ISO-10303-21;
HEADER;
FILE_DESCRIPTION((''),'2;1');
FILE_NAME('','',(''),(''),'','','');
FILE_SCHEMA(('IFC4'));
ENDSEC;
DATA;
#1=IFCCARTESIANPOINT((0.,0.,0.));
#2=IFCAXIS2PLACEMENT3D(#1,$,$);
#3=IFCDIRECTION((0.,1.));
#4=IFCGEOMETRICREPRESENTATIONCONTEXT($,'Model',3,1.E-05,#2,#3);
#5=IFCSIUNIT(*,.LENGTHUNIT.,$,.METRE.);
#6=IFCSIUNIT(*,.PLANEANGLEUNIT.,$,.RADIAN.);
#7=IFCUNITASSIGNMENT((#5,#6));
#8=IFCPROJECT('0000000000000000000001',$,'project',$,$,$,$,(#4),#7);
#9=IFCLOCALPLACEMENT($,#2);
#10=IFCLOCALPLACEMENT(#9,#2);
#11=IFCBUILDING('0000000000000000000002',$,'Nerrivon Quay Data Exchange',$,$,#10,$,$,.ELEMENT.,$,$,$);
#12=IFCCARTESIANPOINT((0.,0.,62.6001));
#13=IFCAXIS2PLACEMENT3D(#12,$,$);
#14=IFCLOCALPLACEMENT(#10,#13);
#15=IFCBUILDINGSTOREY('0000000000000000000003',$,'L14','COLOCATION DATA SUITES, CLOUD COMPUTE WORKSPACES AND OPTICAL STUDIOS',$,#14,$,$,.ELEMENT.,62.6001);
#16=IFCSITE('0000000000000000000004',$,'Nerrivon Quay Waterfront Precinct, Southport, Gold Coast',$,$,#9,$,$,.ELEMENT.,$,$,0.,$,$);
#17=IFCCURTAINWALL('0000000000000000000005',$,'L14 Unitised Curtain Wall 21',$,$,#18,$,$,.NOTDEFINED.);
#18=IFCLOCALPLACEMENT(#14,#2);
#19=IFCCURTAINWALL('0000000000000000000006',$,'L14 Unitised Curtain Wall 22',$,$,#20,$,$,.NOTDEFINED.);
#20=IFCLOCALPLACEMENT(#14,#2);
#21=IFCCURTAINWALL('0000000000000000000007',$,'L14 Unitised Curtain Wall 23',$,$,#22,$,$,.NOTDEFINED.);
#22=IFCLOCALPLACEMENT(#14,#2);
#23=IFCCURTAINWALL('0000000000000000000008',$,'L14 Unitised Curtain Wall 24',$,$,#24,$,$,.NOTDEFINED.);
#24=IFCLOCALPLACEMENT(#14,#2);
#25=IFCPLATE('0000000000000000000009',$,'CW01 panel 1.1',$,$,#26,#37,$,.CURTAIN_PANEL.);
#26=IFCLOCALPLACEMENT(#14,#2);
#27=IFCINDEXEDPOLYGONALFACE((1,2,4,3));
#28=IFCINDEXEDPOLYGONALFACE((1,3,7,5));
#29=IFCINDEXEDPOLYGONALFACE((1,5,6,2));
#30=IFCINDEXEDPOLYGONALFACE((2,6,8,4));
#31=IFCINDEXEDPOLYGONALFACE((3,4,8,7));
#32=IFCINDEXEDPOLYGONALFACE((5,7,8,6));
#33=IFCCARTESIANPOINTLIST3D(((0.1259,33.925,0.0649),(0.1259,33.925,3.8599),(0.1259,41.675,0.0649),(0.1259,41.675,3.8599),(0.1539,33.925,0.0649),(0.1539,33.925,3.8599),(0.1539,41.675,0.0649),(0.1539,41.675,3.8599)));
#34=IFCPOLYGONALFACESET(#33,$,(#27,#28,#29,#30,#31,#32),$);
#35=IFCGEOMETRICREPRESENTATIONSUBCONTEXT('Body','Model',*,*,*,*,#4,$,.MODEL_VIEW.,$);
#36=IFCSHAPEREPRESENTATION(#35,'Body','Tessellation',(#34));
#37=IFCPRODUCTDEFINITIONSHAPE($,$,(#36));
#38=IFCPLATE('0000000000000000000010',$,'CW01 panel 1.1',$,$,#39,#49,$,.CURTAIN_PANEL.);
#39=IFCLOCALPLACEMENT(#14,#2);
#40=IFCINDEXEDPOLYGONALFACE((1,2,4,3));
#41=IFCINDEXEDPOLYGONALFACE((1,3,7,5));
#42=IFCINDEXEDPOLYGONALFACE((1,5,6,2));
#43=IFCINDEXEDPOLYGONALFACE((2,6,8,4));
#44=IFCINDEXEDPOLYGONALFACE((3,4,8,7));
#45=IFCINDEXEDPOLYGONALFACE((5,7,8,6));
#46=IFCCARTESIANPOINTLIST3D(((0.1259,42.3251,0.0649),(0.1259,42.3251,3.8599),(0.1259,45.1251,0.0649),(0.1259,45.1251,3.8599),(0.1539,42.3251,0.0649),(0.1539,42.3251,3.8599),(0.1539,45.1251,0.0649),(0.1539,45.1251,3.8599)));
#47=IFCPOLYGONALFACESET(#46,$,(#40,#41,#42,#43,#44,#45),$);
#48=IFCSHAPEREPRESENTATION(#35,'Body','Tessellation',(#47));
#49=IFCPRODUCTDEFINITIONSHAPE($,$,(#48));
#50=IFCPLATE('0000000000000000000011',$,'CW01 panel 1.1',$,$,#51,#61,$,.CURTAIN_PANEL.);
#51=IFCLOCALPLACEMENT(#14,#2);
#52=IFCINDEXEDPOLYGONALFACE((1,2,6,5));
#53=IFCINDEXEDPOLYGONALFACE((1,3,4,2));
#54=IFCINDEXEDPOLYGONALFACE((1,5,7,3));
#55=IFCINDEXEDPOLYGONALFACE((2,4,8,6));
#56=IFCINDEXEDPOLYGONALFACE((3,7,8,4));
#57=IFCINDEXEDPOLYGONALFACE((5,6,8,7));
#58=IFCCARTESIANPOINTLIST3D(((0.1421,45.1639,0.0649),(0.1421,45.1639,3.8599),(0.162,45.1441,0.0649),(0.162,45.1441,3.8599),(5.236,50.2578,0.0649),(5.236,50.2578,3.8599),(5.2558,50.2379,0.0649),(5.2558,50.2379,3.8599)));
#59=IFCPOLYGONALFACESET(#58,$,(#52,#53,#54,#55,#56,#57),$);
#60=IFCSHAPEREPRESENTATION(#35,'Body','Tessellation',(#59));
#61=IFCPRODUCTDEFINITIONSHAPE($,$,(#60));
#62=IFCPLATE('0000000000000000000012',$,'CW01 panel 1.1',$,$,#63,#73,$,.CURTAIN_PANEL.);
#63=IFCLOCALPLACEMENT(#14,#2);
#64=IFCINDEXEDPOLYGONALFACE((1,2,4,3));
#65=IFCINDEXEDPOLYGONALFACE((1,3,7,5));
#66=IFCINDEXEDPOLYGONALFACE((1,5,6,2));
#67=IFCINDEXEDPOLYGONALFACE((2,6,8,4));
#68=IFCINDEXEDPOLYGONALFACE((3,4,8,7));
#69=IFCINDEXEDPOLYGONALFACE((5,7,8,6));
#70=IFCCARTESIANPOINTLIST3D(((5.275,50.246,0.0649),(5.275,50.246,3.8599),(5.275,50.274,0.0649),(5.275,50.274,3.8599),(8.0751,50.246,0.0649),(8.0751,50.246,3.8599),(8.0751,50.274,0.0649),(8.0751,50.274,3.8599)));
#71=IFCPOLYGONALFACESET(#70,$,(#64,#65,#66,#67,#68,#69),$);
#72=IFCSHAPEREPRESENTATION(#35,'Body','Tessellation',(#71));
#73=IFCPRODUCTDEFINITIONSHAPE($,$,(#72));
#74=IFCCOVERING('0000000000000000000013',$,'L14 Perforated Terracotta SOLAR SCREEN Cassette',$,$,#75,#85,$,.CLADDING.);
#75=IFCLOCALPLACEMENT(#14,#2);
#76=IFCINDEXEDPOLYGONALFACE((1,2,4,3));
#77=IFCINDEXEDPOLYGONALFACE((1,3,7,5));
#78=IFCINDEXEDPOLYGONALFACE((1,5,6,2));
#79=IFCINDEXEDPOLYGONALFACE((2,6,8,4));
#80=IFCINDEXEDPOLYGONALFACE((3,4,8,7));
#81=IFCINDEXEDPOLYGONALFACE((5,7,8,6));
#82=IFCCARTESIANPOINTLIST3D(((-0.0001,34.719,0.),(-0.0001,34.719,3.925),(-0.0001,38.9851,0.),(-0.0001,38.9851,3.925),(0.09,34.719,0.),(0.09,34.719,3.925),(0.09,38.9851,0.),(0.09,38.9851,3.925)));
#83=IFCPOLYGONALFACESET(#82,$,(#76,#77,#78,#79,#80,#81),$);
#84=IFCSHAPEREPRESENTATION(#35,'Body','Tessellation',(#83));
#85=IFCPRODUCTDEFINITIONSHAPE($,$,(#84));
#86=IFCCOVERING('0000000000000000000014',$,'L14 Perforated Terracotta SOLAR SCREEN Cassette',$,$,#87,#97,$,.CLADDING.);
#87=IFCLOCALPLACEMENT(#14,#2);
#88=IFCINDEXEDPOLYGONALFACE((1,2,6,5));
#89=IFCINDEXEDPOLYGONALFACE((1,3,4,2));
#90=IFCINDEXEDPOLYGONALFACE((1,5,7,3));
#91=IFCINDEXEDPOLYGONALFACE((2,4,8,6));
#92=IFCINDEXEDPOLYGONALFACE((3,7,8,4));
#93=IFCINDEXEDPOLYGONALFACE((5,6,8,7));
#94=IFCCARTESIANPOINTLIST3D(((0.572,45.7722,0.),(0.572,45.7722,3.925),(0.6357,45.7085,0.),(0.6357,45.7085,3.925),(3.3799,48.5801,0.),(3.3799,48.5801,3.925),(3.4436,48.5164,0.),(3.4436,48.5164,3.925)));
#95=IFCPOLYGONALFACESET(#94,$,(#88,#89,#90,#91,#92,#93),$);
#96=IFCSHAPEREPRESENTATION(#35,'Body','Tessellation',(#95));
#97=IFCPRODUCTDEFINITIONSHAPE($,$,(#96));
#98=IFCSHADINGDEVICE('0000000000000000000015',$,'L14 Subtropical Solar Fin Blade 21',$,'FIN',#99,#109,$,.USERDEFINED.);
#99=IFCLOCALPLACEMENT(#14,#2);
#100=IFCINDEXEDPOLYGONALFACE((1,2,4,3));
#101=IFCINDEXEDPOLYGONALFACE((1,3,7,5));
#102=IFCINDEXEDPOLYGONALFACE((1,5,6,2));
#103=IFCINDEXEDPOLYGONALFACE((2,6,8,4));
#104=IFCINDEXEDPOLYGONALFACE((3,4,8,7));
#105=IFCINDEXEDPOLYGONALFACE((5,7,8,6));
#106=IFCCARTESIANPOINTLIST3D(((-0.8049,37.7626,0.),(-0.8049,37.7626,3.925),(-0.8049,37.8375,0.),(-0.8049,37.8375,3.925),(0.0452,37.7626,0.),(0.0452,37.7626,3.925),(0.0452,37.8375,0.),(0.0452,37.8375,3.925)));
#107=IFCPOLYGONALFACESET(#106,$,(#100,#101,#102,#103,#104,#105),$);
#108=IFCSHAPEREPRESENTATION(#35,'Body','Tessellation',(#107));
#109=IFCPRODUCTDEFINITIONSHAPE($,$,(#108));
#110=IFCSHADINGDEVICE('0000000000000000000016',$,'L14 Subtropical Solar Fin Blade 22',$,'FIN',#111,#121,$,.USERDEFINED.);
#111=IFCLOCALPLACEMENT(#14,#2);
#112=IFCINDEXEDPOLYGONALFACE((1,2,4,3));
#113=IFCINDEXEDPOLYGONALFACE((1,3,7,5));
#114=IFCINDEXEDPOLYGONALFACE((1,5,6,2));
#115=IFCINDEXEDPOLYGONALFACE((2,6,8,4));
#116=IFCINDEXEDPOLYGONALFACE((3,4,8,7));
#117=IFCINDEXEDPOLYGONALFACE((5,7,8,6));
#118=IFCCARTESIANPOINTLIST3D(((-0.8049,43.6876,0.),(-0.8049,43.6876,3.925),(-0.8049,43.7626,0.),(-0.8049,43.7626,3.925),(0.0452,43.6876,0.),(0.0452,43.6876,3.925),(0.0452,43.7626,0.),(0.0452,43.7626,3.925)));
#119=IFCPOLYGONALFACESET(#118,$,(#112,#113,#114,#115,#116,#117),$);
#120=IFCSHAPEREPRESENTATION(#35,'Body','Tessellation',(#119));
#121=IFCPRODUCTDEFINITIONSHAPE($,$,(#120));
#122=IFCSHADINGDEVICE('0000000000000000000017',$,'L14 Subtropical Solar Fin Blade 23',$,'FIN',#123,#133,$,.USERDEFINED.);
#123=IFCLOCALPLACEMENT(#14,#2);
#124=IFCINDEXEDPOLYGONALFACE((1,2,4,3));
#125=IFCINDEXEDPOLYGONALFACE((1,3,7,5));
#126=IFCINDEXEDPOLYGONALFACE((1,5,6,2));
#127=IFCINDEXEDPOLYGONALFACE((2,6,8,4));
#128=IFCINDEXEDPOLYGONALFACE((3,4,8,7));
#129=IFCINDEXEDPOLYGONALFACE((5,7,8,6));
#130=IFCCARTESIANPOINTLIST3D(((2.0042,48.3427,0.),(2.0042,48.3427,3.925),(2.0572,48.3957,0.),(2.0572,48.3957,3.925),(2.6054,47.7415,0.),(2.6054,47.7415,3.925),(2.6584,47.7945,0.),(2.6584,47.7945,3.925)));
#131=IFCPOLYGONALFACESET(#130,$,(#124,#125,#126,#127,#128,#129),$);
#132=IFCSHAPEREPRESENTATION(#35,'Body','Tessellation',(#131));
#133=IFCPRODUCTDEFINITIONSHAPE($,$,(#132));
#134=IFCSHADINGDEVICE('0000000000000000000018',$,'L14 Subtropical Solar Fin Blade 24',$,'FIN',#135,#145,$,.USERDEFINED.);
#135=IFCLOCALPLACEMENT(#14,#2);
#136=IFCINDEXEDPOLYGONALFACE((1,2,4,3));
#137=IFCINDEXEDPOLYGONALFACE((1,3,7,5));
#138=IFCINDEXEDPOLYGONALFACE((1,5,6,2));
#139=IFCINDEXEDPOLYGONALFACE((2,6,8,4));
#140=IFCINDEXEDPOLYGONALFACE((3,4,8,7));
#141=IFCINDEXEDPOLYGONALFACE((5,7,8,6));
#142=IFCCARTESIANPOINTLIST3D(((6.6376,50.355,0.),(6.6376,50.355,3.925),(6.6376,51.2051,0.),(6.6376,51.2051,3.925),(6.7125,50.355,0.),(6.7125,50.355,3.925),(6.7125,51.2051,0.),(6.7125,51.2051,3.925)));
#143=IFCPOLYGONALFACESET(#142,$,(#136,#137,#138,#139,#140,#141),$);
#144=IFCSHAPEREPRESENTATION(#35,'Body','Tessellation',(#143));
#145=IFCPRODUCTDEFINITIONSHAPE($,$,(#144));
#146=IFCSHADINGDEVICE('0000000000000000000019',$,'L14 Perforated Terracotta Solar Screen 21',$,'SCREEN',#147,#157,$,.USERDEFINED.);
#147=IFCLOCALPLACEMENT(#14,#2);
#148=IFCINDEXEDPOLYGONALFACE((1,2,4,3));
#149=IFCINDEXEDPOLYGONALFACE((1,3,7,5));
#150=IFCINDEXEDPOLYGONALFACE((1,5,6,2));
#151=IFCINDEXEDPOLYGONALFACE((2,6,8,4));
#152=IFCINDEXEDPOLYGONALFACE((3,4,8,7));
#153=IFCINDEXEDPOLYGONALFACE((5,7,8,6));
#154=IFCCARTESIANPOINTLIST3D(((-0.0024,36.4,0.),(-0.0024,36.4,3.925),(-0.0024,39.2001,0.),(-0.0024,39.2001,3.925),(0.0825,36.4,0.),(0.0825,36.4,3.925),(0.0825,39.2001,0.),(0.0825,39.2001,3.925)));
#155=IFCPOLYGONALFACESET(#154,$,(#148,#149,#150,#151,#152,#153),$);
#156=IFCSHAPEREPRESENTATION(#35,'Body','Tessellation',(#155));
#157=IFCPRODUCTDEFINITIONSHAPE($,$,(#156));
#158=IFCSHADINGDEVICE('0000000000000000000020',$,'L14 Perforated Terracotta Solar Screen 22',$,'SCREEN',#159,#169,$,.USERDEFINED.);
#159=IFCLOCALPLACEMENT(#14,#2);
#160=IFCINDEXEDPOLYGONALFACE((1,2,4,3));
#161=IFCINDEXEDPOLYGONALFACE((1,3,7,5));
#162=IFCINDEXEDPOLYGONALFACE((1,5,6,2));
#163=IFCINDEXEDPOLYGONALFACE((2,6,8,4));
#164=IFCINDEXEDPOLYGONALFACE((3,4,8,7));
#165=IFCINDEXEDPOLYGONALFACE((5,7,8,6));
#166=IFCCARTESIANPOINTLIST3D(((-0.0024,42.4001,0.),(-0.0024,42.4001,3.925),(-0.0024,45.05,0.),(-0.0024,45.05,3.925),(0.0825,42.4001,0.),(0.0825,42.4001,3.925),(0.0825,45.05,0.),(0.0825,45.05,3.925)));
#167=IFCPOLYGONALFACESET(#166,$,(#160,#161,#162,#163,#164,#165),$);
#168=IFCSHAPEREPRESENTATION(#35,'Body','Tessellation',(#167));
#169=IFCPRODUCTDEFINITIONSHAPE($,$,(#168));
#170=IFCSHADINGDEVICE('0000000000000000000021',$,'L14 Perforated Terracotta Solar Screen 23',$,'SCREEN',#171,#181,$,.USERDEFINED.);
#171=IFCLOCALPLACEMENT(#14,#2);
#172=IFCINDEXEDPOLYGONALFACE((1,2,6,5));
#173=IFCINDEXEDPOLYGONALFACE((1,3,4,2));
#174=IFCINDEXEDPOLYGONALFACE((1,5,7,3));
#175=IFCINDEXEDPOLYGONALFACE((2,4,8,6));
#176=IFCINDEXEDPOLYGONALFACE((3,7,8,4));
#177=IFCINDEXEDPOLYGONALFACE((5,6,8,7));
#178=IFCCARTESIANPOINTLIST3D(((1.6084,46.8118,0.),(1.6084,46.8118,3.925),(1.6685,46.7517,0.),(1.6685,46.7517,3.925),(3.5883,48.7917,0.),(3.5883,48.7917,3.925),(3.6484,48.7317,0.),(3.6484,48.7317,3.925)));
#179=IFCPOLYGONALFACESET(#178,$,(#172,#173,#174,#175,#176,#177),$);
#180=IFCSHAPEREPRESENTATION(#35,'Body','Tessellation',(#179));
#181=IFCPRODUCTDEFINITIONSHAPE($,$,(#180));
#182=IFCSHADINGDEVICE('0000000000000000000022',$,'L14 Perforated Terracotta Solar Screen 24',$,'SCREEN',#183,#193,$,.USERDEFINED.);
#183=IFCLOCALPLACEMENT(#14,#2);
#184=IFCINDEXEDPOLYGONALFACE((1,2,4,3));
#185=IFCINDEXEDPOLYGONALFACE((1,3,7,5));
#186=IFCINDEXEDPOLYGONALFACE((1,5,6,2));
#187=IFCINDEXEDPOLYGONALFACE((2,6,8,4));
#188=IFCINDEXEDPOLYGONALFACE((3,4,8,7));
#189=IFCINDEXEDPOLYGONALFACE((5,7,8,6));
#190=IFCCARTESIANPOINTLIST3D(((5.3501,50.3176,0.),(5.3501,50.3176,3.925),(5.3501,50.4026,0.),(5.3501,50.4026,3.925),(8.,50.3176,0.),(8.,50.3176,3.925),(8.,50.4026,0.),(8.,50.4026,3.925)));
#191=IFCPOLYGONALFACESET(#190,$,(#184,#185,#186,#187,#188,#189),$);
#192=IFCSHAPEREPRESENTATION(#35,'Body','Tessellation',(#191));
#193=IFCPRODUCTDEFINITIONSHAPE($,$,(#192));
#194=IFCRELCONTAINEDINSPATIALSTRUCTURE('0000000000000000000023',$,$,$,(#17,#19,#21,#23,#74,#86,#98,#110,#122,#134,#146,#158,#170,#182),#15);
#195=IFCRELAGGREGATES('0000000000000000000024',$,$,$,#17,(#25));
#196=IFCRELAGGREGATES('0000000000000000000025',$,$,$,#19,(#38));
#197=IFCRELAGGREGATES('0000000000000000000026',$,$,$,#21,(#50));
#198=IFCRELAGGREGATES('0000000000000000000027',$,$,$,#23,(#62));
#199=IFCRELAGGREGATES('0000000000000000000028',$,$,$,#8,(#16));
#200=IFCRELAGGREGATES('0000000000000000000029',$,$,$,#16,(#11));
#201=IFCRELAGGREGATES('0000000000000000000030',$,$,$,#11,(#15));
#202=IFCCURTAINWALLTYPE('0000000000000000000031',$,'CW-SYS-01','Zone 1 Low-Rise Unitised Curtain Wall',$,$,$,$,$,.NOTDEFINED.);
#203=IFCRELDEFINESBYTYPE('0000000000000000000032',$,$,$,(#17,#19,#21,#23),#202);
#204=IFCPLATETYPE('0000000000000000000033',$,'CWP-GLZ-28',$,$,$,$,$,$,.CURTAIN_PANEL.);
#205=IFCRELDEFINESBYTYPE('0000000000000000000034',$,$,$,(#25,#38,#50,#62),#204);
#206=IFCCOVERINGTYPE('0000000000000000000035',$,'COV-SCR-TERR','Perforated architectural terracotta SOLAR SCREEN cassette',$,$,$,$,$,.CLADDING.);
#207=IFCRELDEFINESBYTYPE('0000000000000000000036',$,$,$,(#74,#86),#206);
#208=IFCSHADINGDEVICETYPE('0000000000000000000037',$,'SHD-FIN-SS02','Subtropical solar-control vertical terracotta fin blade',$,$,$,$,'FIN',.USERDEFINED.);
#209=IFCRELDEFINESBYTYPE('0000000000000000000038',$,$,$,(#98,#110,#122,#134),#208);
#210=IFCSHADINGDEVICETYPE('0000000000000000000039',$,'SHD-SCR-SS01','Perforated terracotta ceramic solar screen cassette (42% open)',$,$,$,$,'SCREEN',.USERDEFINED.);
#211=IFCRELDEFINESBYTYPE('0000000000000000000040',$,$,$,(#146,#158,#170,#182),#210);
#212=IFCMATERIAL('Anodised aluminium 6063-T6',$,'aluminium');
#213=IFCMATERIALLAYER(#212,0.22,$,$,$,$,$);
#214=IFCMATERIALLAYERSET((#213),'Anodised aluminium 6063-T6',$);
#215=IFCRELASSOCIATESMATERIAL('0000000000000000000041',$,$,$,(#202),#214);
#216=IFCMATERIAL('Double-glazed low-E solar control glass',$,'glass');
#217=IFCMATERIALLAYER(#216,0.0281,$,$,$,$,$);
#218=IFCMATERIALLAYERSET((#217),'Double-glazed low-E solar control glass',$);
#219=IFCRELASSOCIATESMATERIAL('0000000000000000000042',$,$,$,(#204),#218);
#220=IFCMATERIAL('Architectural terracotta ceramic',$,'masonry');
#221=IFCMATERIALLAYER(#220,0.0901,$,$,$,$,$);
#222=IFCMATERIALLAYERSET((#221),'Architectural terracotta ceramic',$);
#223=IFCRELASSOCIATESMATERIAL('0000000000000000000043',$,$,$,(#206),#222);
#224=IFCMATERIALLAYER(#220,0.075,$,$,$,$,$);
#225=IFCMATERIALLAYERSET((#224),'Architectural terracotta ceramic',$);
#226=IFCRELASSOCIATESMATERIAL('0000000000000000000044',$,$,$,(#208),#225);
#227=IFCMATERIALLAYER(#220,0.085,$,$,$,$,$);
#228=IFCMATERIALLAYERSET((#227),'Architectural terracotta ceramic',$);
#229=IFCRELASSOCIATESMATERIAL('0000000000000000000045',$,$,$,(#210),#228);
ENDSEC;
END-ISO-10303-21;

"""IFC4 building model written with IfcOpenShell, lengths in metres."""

from ifc_helpers import new_model, si_unit, direction, frame, origin, origin_2d, place, context, subcontext, project, spatial, rectangle, extrude, material, layer, layer_set, type_object, element, aggregate, save


model = new_model("IFC4")

# Units and contexts
model_context = context("Model", 3, precision=1e-05, world=origin(), true_north=direction((0.0, 1.0)))
body_context = subcontext(model_context, "Body", "Model", "MODEL_VIEW")
ifc_project = project(units=[si_unit("LENGTHUNIT", "METRE"), si_unit("PLANEANGLEUNIT", "RADIAN")], contexts=[model_context])

# Site, building, storey
site_placement = place(None, origin())
site = spatial("IfcSite", under=ifc_project, at=site_placement, Name="Nerrivon Quay Waterfront Precinct, Southport, Gold Coast", CompositionType="ELEMENT", RefElevation=0.0)
building_placement = place(site_placement, origin())
building = spatial("IfcBuilding", under=site, at=building_placement, Name="Nerrivon Quay Data Exchange", CompositionType="ELEMENT")
storey_placement = place(building_placement, frame((0.0, 0.0, 62.6001)))
storey = spatial("IfcBuildingStorey", under=building, at=storey_placement, Name="L14", Description="COLOCATION DATA SUITES, CLOUD COMPUTE WORKSPACES AND OPTICAL STUDIOS", CompositionType="ELEMENT", Elevation=62.6001)

# Curtain wall
ifc_material_1 = material(Name="Anodised aluminium 6063-T6", Category="aluminium")
ifc_layer_1 = layer(ifc_material_1, 0.22)
ifc_layer_set_1 = layer_set([ifc_layer_1], Name="Anodised aluminium 6063-T6")
curtain_wall_type = type_object("IfcCurtainWallType", Name="CW-SYS-01", Description="Zone 1 Low-Rise Unitised Curtain Wall", PredefinedType="NOTDEFINED", material=ifc_layer_set_1)
curtain_wall_1_placement = place(storey_placement, origin())
curtain_wall_1 = element("IfcCurtainWall", 1, at=curtain_wall_1_placement, inside=storey, type_object=curtain_wall_type, Name="L14 Unitised Curtain Wall 21", PredefinedType="NOTDEFINED")

# Curtain walls
curtain_wall_2_placement = place(storey_placement, origin())
curtain_wall_2 = element("IfcCurtainWall", 2, at=curtain_wall_2_placement, inside=storey, type_object=curtain_wall_type, Name="L14 Unitised Curtain Wall 22", PredefinedType="NOTDEFINED")
curtain_wall_3_placement = place(storey_placement, origin())
curtain_wall_3 = element("IfcCurtainWall", 3, at=curtain_wall_3_placement, inside=storey, type_object=curtain_wall_type, Name="L14 Unitised Curtain Wall 23", PredefinedType="NOTDEFINED")
curtain_wall_4_placement = place(storey_placement, origin())
curtain_wall_4 = element("IfcCurtainWall", 4, at=curtain_wall_4_placement, inside=storey, type_object=curtain_wall_type, Name="L14 Unitised Curtain Wall 24", PredefinedType="NOTDEFINED")

# Plates
ifc_material_2 = material(Name="Double-glazed low-E solar control glass", Category="glass")
ifc_layer_2 = layer(ifc_material_2, 0.0281)
ifc_layer_set_2 = layer_set([ifc_layer_2], Name="Double-glazed low-E solar control glass")
plate_type = type_object("IfcPlateType", Name="CWP-GLZ-28", PredefinedType="CURTAIN_PANEL", material=ifc_layer_set_2)
plate_1_placement = place(storey_placement, frame((0.1399, 37.8, 0.0649), z_axis=(0.0, 0.0, 1.0), x_axis=(0.0, 1.0, 0.0)))
plate_1 = element("IfcPlate", 5, at=plate_1_placement, type_object=plate_type, Name="CW01 panel 1.1", PredefinedType="CURTAIN_PANEL", context=body_context, shape_type="SweptSolid", body=[
    extrude(rectangle(XDim=7.75, YDim=0.0281, at=origin_2d()), origin(), (0.0, 0.0, 1.0), 3.7949),
])
aggregate(curtain_wall_1, [plate_1])
plate_2_placement = place(storey_placement, frame((0.1399, 43.7251, 0.0649), z_axis=(0.0, 0.0, 1.0), x_axis=(0.0, 1.0, 0.0)))
plate_2 = element("IfcPlate", 6, at=plate_2_placement, type_object=plate_type, Name="CW01 panel 1.1", PredefinedType="CURTAIN_PANEL", context=body_context, shape_type="SweptSolid", body=[
    extrude(rectangle(XDim=2.8, YDim=0.0281, at=origin_2d()), origin(), (0.0, 0.0, 1.0), 3.7949),
])
aggregate(curtain_wall_2, [plate_2])
plate_3_placement = place(storey_placement, frame((2.699, 47.7009, 0.0649), z_axis=(0.0, 0.0, 1.0), x_axis=(0.707107, 0.707107, 0.0)))
plate_3 = element("IfcPlate", 7, at=plate_3_placement, type_object=plate_type, Name="CW01 panel 1.1", PredefinedType="CURTAIN_PANEL", context=body_context, shape_type="SweptSolid", body=[
    extrude(rectangle(XDim=7.2039, YDim=0.0281, at=origin_2d()), origin(), (0.0, 0.0, 1.0), 3.7949),
])
aggregate(curtain_wall_3, [plate_3])
plate_4_placement = place(storey_placement, frame((6.675, 50.26, 0.0649), z_axis=(0.0, 0.0, 1.0), x_axis=(1.0, 0.0, 0.0)))
plate_4 = element("IfcPlate", 8, at=plate_4_placement, type_object=plate_type, Name="CW01 panel 1.1", PredefinedType="CURTAIN_PANEL", context=body_context, shape_type="SweptSolid", body=[
    extrude(rectangle(XDim=2.8, YDim=0.0281, at=origin_2d()), origin(), (0.0, 0.0, 1.0), 3.7949),
])
aggregate(curtain_wall_4, [plate_4])

# Coverings
ifc_material_3 = material(Name="Architectural terracotta ceramic", Category="masonry")
ifc_layer_3 = layer(ifc_material_3, 0.0901)
ifc_layer_set_3 = layer_set([ifc_layer_3], Name="Architectural terracotta ceramic")
covering_type = type_object("IfcCoveringType", Name="COV-SCR-TERR", Description="Perforated architectural terracotta SOLAR SCREEN cassette", PredefinedType="CLADDING", material=ifc_layer_set_3)
covering_1_placement = place(storey_placement, frame((0.0449, 36.8521, 0.0), z_axis=(0.0, 0.0, 1.0), x_axis=(0.0, 1.0, 0.0)))
element("IfcCovering", 9, at=covering_1_placement, inside=storey, type_object=covering_type, Name="L14 Perforated Terracotta SOLAR SCREEN Cassette", PredefinedType="CLADDING", context=body_context, shape_type="SweptSolid", body=[
    extrude(rectangle(XDim=4.2661, YDim=0.0901, at=origin_2d()), origin(), (0.0, 0.0, 1.0), 3.925),
])
covering_2_placement = place(storey_placement, frame((2.0078, 47.1443, 0.0), z_axis=(0.0, 0.0, 1.0), x_axis=(0.707107, 0.707107, 0.0)))
element("IfcCovering", 10, at=covering_2_placement, inside=storey, type_object=covering_type, Name="L14 Perforated Terracotta SOLAR SCREEN Cassette", PredefinedType="CLADDING", context=body_context, shape_type="SweptSolid", body=[
    extrude(rectangle(XDim=3.9709, YDim=0.0901, at=origin_2d()), origin(), (0.0, 0.0, 1.0), 3.925),
])

# Shading devices
ifc_layer_4 = layer(ifc_material_3, 0.075)
ifc_layer_set_4 = layer_set([ifc_layer_4], Name="Architectural terracotta ceramic")
shading_device_type_1 = type_object("IfcShadingDeviceType", Name="SHD-FIN-SS02", Description="Subtropical solar-control vertical terracotta fin blade", ElementType="FIN", PredefinedType="USERDEFINED", material=ifc_layer_set_4)
for number, where, z_axis, x_axis, name in (
    (11, (-0.3799, 37.8, 0.0), (0.0, 0.0, 1.0), (0.0, 1.0, 0.0), "L14 Subtropical Solar Fin Blade 21"),
    (12, (-0.3799, 43.7251, 0.0), (0.0, 0.0, 1.0), (0.0, 1.0, 0.0), "L14 Subtropical Solar Fin Blade 22"),
    (13, (2.3313, 48.0686, 0.0), (0.0, 0.0, 1.0), (0.707107, 0.707107, 0.0), "L14 Subtropical Solar Fin Blade 23"),
    (14, (6.675, 50.78, 0.0), (0.0, 0.0, 1.0), (1.0, 0.0, 0.0), "L14 Subtropical Solar Fin Blade 24"),
):
    element("IfcShadingDevice", number, at=place(storey_placement, frame(where, z_axis=z_axis, x_axis=x_axis)), inside=storey, type_object=shading_device_type_1, Name=name, ObjectType="FIN", PredefinedType="USERDEFINED", context=body_context, shape_type="SweptSolid", body=[
        extrude(rectangle(XDim=0.075, YDim=0.8501, at=origin_2d()), origin(), (0.0, 0.0, 1.0), 3.925),
    ])
ifc_layer_5 = layer(ifc_material_3, 0.085)
ifc_layer_set_5 = layer_set([ifc_layer_5], Name="Architectural terracotta ceramic")
shading_device_type_2 = type_object("IfcShadingDeviceType", Name="SHD-SCR-SS01", Description="Perforated terracotta ceramic solar screen cassette (42% open)", ElementType="SCREEN", PredefinedType="USERDEFINED", material=ifc_layer_set_5)
shading_device_1_placement = place(storey_placement, frame((0.04, 37.8, 0.0), z_axis=(0.0, 0.0, 1.0), x_axis=(0.0, 1.0, 0.0)))
element("IfcShadingDevice", 15, at=shading_device_1_placement, inside=storey, type_object=shading_device_type_2, Name="L14 Perforated Terracotta Solar Screen 21", ObjectType="SCREEN", PredefinedType="USERDEFINED", context=body_context, shape_type="SweptSolid", body=[
    extrude(rectangle(XDim=2.8, YDim=0.085, at=origin_2d()), origin(), (0.0, 0.0, 1.0), 3.925),
])
shading_device_2_placement = place(storey_placement, frame((0.04, 43.7251, 0.0), z_axis=(0.0, 0.0, 1.0), x_axis=(0.0, 1.0, 0.0)))
element("IfcShadingDevice", 16, at=shading_device_2_placement, inside=storey, type_object=shading_device_type_2, Name="L14 Perforated Terracotta Solar Screen 22", ObjectType="SCREEN", PredefinedType="USERDEFINED", context=body_context, shape_type="SweptSolid", body=[
    extrude(rectangle(XDim=2.6499, YDim=0.085, at=origin_2d()), origin(), (0.0, 0.0, 1.0), 3.925),
])
shading_device_3_placement = place(storey_placement, frame((2.6284, 47.7717, 0.0), z_axis=(0.0, 0.0, 1.0), x_axis=(0.707107, 0.707107, 0.0)))
element("IfcShadingDevice", 17, at=shading_device_3_placement, inside=storey, type_object=shading_device_type_2, Name="L14 Perforated Terracotta Solar Screen 23", ObjectType="SCREEN", PredefinedType="USERDEFINED", context=body_context, shape_type="SweptSolid", body=[
    extrude(rectangle(XDim=2.8, YDim=0.085, at=origin_2d()), origin(), (0.0, 0.0, 1.0), 3.925),
])
shading_device_4_placement = place(storey_placement, frame((6.675, 50.3601, 0.0), z_axis=(0.0, 0.0, 1.0), x_axis=(1.0, 0.0, 0.0)))
element("IfcShadingDevice", 18, at=shading_device_4_placement, inside=storey, type_object=shading_device_type_2, Name="L14 Perforated Terracotta Solar Screen 24", ObjectType="SCREEN", PredefinedType="USERDEFINED", context=body_context, shape_type="SweptSolid", body=[
    extrude(rectangle(XDim=2.6499, YDim=0.085, at=origin_2d()), origin(), (0.0, 0.0, 1.0), 3.925),
])

save(model, "model.ifc")
